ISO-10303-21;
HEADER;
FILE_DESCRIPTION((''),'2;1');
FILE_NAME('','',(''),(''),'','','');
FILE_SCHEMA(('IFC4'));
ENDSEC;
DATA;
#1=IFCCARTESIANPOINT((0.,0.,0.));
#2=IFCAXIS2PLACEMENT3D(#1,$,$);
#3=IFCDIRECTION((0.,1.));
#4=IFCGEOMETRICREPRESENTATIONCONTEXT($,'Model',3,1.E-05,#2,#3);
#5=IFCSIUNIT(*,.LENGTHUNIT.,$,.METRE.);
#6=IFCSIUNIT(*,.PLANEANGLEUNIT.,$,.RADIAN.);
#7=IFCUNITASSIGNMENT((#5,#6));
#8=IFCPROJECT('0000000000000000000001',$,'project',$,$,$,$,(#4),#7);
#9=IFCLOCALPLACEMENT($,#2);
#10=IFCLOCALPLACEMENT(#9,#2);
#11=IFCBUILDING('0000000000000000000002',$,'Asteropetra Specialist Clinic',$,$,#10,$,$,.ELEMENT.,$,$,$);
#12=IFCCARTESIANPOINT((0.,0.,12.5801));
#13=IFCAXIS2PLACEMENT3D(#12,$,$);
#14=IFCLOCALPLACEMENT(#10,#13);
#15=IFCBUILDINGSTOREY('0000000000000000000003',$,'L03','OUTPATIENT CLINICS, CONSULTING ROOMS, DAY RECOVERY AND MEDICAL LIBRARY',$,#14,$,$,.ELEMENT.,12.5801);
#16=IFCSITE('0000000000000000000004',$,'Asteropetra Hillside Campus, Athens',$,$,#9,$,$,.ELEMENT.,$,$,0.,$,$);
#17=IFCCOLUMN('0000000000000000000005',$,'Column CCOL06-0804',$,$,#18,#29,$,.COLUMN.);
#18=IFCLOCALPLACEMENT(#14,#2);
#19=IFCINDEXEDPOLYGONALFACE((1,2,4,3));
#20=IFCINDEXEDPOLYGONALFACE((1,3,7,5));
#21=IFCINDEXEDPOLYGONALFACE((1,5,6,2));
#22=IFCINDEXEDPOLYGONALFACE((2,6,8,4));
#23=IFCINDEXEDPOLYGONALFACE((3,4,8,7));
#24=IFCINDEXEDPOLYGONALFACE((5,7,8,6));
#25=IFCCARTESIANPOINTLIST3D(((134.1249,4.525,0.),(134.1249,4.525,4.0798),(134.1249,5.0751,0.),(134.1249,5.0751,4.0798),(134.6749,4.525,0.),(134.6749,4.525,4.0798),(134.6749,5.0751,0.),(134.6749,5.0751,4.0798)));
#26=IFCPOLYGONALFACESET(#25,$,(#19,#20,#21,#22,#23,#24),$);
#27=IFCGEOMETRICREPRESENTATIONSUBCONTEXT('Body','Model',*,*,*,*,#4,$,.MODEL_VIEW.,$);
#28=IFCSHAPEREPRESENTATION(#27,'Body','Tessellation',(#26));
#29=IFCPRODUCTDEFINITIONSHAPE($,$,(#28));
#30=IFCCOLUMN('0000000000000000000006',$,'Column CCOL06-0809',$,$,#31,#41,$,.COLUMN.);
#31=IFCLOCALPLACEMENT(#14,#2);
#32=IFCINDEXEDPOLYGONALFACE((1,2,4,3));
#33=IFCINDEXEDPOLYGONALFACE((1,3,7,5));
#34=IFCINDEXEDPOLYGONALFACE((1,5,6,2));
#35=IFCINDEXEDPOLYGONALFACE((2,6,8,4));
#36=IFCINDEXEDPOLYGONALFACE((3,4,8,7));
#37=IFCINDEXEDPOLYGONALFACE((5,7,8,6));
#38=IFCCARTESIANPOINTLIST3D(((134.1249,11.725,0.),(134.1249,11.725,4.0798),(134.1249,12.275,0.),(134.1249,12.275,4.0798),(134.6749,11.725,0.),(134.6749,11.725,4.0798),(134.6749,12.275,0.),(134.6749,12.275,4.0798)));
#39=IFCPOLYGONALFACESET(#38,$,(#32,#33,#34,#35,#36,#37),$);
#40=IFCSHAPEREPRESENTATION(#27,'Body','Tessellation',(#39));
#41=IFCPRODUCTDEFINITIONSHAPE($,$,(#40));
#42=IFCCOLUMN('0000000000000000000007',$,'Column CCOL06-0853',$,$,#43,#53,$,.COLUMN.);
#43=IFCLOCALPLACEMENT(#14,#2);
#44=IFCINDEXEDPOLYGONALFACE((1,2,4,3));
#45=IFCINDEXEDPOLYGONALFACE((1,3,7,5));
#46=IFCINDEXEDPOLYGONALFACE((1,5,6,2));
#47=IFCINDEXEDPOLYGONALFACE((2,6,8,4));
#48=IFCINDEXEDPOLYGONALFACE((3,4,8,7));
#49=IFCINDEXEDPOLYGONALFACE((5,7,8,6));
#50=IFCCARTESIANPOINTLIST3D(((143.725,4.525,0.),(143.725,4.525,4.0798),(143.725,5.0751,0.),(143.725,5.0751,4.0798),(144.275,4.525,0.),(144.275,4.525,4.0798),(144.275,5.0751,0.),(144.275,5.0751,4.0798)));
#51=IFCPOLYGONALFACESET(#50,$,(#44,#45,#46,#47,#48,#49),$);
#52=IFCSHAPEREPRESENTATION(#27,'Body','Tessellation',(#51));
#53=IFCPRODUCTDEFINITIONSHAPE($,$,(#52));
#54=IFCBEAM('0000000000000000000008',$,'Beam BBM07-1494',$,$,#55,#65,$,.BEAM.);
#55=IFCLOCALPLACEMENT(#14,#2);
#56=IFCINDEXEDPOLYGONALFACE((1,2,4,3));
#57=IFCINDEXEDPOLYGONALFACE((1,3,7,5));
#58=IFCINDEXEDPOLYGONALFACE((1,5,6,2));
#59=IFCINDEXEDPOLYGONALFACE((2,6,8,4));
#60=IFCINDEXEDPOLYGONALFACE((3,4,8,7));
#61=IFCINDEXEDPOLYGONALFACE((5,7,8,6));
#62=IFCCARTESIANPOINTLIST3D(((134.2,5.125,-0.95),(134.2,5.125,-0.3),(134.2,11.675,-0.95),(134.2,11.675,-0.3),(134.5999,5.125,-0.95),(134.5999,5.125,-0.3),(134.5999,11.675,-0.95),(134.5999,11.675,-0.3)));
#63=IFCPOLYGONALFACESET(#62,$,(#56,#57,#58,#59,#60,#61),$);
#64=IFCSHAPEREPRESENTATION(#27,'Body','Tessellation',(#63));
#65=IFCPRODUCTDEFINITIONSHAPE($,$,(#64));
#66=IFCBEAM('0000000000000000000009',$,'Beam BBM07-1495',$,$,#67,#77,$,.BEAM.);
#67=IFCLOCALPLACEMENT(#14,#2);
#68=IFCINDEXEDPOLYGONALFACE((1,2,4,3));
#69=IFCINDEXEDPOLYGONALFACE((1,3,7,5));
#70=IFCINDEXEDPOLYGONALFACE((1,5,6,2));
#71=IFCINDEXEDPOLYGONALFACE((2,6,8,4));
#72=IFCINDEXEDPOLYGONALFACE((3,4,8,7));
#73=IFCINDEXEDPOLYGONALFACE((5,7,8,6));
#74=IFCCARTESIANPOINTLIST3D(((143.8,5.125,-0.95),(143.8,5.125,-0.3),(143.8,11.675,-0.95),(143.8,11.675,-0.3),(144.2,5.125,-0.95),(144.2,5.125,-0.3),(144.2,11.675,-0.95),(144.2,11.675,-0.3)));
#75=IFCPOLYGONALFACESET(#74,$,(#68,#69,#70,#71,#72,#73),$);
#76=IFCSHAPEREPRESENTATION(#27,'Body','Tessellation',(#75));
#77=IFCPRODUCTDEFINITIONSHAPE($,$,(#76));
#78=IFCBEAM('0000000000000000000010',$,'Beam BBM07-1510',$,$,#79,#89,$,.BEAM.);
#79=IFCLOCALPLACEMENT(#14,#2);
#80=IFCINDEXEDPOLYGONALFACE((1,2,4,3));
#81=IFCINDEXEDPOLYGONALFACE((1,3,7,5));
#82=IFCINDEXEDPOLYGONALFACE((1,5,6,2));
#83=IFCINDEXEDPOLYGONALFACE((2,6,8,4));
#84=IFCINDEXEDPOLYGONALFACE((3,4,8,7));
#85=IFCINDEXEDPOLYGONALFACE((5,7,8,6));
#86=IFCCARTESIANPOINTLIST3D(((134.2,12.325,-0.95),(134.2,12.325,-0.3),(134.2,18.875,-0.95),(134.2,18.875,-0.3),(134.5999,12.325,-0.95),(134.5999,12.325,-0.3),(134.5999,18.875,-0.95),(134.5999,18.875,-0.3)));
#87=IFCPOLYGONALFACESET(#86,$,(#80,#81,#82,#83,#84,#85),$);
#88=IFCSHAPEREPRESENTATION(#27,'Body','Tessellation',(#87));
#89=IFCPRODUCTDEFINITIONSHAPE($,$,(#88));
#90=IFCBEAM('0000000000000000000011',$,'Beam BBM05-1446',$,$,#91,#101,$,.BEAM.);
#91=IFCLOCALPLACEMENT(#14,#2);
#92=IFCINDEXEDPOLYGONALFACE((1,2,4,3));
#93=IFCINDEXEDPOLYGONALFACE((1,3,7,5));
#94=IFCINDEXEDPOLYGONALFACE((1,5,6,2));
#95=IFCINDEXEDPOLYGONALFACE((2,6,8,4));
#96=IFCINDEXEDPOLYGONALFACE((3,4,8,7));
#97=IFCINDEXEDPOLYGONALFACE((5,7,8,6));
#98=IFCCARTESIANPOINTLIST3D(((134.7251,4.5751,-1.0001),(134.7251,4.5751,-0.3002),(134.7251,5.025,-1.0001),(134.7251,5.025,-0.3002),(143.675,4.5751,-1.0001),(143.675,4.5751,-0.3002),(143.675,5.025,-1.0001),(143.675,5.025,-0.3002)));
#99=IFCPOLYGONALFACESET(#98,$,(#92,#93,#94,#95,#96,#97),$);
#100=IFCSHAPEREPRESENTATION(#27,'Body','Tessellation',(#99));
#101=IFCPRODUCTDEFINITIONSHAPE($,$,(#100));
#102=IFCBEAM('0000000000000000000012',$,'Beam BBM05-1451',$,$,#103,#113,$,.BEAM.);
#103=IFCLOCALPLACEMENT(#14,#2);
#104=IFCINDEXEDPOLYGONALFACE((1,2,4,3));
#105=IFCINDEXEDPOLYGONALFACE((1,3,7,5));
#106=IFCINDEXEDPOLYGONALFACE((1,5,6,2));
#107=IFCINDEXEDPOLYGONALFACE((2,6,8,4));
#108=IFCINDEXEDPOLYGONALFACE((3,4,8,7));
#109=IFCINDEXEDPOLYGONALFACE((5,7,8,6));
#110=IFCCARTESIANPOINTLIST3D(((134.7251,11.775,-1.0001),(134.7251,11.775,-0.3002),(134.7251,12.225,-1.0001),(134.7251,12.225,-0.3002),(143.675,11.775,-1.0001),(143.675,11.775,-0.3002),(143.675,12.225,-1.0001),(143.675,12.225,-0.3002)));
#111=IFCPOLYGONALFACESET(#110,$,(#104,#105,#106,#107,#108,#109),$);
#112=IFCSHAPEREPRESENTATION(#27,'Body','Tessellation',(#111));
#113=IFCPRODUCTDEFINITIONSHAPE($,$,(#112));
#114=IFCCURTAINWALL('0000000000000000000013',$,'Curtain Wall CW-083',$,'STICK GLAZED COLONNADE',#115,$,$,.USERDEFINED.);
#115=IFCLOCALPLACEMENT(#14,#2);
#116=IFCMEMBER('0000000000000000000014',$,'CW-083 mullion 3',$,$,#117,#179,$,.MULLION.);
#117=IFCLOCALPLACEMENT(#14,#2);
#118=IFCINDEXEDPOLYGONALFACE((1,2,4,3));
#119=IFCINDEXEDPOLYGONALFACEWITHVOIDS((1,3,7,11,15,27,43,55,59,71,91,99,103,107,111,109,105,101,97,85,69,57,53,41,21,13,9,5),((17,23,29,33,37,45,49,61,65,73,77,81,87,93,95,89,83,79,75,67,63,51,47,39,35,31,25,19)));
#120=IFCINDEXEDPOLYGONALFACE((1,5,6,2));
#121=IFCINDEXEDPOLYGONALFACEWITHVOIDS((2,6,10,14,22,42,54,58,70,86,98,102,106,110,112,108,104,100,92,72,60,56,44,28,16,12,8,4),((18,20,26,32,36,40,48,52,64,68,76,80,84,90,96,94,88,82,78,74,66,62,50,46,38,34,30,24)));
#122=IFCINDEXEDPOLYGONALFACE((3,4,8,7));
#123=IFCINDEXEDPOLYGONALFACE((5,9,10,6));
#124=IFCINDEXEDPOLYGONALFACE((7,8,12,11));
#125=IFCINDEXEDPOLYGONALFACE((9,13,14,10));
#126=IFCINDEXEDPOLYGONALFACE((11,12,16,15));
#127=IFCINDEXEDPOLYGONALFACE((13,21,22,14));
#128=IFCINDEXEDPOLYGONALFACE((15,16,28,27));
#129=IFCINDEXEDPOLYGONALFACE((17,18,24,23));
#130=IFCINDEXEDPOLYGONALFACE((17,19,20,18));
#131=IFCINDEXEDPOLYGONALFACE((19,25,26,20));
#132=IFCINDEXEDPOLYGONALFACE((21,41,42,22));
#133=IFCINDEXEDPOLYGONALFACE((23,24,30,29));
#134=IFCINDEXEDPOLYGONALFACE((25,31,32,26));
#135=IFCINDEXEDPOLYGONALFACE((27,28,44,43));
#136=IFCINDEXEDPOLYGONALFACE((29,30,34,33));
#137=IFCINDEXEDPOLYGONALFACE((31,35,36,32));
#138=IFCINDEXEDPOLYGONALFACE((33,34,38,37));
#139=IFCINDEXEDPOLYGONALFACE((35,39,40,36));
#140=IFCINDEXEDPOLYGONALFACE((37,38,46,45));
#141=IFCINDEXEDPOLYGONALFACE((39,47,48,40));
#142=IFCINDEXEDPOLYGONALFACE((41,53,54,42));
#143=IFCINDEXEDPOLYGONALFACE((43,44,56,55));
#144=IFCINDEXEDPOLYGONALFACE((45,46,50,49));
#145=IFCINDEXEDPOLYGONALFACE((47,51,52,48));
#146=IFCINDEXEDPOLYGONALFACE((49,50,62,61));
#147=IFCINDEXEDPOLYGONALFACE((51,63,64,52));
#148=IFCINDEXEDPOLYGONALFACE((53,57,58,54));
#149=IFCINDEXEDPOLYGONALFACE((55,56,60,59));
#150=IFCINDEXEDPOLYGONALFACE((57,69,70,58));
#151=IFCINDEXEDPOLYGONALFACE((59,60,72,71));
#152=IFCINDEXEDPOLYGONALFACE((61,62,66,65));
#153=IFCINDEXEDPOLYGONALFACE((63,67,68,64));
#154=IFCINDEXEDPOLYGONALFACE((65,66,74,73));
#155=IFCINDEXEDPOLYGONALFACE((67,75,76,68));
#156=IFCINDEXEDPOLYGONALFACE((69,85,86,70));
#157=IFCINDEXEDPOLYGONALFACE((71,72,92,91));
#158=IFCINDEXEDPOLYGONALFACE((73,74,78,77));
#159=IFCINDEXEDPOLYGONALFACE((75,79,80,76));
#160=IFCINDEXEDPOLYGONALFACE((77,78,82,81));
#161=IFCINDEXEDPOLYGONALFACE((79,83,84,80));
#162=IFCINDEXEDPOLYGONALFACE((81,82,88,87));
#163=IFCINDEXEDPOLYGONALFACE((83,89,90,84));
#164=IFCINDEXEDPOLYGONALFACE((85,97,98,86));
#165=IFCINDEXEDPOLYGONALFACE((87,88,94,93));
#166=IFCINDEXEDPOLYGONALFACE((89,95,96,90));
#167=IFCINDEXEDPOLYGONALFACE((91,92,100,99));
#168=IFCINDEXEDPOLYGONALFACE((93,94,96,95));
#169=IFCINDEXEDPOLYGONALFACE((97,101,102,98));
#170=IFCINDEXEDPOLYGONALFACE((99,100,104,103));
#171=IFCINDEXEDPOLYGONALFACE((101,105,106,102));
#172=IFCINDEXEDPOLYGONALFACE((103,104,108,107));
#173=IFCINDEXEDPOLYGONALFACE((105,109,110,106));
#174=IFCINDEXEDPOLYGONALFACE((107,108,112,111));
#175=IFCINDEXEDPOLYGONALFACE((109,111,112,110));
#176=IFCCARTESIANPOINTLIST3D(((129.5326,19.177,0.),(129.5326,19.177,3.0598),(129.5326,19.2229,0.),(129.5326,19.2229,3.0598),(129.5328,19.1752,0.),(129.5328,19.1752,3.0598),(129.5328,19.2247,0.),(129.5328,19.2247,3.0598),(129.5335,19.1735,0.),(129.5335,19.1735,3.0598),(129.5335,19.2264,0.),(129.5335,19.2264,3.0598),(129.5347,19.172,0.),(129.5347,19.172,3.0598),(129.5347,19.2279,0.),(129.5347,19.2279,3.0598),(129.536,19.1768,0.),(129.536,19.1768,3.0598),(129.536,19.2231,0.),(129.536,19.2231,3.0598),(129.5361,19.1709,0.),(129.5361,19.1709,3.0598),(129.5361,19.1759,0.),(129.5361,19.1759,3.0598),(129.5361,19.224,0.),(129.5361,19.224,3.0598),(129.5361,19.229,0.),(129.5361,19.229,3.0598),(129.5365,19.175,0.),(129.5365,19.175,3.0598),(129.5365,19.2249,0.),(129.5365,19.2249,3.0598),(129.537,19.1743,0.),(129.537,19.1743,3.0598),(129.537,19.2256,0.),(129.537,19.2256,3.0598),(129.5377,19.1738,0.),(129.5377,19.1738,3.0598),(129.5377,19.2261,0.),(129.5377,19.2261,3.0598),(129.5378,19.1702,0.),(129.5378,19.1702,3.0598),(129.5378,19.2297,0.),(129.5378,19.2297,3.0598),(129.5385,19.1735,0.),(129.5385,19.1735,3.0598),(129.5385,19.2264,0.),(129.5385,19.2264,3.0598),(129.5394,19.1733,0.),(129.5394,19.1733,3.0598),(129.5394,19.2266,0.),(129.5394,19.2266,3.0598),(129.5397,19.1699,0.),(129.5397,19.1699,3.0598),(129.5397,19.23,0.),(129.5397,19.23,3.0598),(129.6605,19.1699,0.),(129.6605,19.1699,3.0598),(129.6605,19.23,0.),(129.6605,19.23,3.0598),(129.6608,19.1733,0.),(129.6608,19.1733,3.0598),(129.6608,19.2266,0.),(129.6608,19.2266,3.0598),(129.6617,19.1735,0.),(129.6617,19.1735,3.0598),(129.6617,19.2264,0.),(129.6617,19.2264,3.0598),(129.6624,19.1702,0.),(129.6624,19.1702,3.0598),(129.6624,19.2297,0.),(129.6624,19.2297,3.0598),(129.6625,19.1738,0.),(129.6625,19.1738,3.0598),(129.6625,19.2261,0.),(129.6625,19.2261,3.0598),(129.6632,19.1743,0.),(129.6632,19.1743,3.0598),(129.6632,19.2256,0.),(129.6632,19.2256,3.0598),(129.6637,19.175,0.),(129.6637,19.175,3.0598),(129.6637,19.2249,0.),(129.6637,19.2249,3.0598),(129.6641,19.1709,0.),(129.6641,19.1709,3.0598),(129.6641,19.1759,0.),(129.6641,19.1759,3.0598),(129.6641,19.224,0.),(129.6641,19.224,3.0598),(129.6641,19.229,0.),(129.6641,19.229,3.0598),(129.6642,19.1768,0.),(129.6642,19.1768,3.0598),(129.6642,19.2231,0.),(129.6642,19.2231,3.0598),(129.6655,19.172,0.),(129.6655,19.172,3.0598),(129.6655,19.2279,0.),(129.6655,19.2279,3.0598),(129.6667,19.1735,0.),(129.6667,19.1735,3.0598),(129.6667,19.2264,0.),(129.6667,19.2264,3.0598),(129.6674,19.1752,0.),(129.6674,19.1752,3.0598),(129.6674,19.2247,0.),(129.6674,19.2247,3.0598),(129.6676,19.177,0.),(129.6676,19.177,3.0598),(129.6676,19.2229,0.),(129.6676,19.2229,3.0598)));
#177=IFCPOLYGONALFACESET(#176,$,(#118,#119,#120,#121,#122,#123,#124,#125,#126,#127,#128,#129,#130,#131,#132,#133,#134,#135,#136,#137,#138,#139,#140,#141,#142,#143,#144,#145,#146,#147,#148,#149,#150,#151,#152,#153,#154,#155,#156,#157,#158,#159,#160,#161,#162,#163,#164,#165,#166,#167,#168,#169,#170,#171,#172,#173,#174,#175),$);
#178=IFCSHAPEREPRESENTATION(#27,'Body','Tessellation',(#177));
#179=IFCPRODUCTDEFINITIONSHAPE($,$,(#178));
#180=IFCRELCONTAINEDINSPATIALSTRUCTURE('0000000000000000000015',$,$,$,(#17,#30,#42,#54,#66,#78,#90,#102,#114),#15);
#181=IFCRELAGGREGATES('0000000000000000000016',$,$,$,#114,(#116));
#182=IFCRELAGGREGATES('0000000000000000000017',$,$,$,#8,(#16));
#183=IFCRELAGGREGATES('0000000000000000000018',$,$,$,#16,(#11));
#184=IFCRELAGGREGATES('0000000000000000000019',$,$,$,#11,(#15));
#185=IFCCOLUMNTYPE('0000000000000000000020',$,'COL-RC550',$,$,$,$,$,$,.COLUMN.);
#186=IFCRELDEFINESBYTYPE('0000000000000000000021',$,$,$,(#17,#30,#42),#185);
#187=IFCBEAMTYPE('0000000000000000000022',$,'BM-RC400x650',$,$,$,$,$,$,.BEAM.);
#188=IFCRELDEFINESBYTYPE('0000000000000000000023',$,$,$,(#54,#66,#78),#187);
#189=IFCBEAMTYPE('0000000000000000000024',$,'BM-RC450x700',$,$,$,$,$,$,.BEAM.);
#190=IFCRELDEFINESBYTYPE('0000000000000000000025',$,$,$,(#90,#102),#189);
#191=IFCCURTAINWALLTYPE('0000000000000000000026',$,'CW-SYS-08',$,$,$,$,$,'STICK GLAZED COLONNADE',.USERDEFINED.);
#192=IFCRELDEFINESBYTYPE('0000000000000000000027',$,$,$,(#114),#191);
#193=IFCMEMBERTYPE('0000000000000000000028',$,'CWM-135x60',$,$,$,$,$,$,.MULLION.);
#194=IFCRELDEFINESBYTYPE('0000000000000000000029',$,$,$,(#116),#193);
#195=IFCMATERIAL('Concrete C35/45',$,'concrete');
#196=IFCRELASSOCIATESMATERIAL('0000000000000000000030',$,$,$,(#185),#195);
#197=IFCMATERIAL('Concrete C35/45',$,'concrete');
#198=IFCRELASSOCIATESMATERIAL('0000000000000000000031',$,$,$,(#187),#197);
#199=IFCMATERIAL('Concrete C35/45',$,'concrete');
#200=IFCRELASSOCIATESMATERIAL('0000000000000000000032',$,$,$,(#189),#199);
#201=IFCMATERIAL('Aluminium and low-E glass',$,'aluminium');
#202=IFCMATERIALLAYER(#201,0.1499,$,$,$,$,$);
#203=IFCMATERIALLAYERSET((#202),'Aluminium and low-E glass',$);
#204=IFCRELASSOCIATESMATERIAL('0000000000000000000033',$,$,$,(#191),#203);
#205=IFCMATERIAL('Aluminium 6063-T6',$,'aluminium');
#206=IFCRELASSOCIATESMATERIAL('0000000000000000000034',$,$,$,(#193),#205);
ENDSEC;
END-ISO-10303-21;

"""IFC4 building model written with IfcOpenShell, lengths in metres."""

from ifc_helpers import new_model, si_unit, direction, frame, origin, origin_2d, place, context, subcontext, project, spatial, rectangle, hollow_rectangle, extrude, material, layer, layer_set, material_profile, profile_set, type_object, element, aggregate, save


model = new_model("IFC4")

# Units and contexts
model_context = context("Model", 3, precision=1e-05, world=origin(), true_north=direction((0.0, 1.0)))
body_context = subcontext(model_context, "Body", "Model", "MODEL_VIEW")
ifc_project = project(units=[si_unit("LENGTHUNIT", "METRE"), si_unit("PLANEANGLEUNIT", "RADIAN")], contexts=[model_context])

# Site, building, storey
site_placement = place(None, origin())
site = spatial("IfcSite", under=ifc_project, at=site_placement, Name="Asteropetra Hillside Campus, Athens", CompositionType="ELEMENT", RefElevation=0.0)
building_placement = place(site_placement, origin())
building = spatial("IfcBuilding", under=site, at=building_placement, Name="Asteropetra Specialist Clinic", CompositionType="ELEMENT")
storey_placement = place(building_placement, frame((0.0, 0.0, 12.5801)))
storey = spatial("IfcBuildingStorey", under=building, at=storey_placement, Name="L03", Description="OUTPATIENT CLINICS, CONSULTING ROOMS, DAY RECOVERY AND MEDICAL LIBRARY", CompositionType="ELEMENT", Elevation=12.5801)

# Columns
ifc_material_1 = material(Name="Concrete C35/45", Category="concrete")
ifc_material_profile_1 = material_profile(ifc_material_1, rectangle(XDim=0.55, YDim=0.55, at=origin_2d()), Name="RC 550x550")
ifc_profile_set_1 = profile_set([ifc_material_profile_1], Name="Concrete C35/45")
column_type = type_object("IfcColumnType", Name="COL-RC550", PredefinedType="COLUMN", material=ifc_profile_set_1)
for number, where, z_axis, x_axis, name in (
    (1, (134.3999, 4.8, 0.0), (0.0, 0.0, 1.0), (1.0, 0.0, 0.0), "Column CCOL06-0804"),
    (2, (134.3999, 12.0, 0.0), (0.0, 0.0, 1.0), (1.0, 0.0, 0.0), "Column CCOL06-0809"),
    (3, (144.0, 4.8, 0.0), (0.0, 0.0, 1.0), (1.0, 0.0, 0.0), "Column CCOL06-0853"),
):
    element("IfcColumn", number, at=place(storey_placement, frame(where, z_axis=z_axis, x_axis=x_axis)), inside=storey, type_object=column_type, Name=name, PredefinedType="COLUMN", context=body_context, shape_type="SweptSolid", body=[
        extrude(rectangle(XDim=0.55, YDim=0.55, at=origin_2d()), origin(), (0.0, 0.0, 1.0), 4.0798),
    ])

# Beams
ifc_material_2 = material(Name="Concrete C35/45", Category="concrete")
ifc_material_profile_2 = material_profile(ifc_material_2, rectangle(XDim=0.3999, YDim=0.6499, at=origin_2d()), Name="RCB 400x650")
ifc_profile_set_2 = profile_set([ifc_material_profile_2], Name="Concrete C35/45")
beam_type_1 = type_object("IfcBeamType", Name="BM-RC400x650", PredefinedType="BEAM", material=ifc_profile_set_2)
for number, where, z_axis, x_axis, name in (
    (4, (134.3999, 5.125, -0.625), (0.0, 1.0, 0.0), (-1.0, 0.0, 0.0), "Beam BBM07-1494"),
    (5, (144.0, 5.125, -0.625), (0.0, 1.0, 0.0), (-1.0, 0.0, 0.0), "Beam BBM07-1495"),
    (6, (134.3999, 12.325, -0.625), (0.0, 1.0, 0.0), (-1.0, 0.0, 0.0), "Beam BBM07-1510"),
):
    element("IfcBeam", number, at=place(storey_placement, frame(where, z_axis=z_axis, x_axis=x_axis)), inside=storey, type_object=beam_type_1, Name=name, PredefinedType="BEAM", context=body_context, shape_type="SweptSolid", body=[
        extrude(rectangle(XDim=0.3999, YDim=0.6499, at=origin_2d()), origin(), (0.0, 0.0, 1.0), 6.55),
    ])
ifc_material_3 = material(Name="Concrete C35/45", Category="concrete")
ifc_material_profile_3 = material_profile(ifc_material_3, rectangle(XDim=0.45, YDim=0.7, at=origin_2d()), Name="RCB 450x700")
ifc_profile_set_3 = profile_set([ifc_material_profile_3], Name="Concrete C35/45")
beam_type_2 = type_object("IfcBeamType", Name="BM-RC450x700", PredefinedType="BEAM", material=ifc_profile_set_3)
for number, where, z_axis, x_axis, name in (
    (7, (134.7251, 4.8, -0.6501), (1.0, 0.0, 0.0), (0.0, 1.0, 0.0), "Beam BBM05-1446"),
    (8, (134.7251, 12.0, -0.6501), (1.0, 0.0, 0.0), (0.0, 1.0, 0.0), "Beam BBM05-1451"),
):
    element("IfcBeam", number, at=place(storey_placement, frame(where, z_axis=z_axis, x_axis=x_axis)), inside=storey, type_object=beam_type_2, Name=name, PredefinedType="BEAM", context=body_context, shape_type="SweptSolid", body=[
        extrude(rectangle(XDim=0.45, YDim=0.7, at=origin_2d()), origin(), (0.0, 0.0, 1.0), 8.95),
    ])

# Curtain wall, member
ifc_material_4 = material(Name="Aluminium and low-E glass", Category="aluminium")
ifc_layer_1 = layer(ifc_material_4, 0.1499)
ifc_layer_set_1 = layer_set([ifc_layer_1], Name="Aluminium and low-E glass")
curtain_wall_type = type_object("IfcCurtainWallType", Name="CW-SYS-08", ElementType="STICK GLAZED COLONNADE", PredefinedType="USERDEFINED", material=ifc_layer_set_1)
curtain_wall_placement = place(storey_placement, origin())
curtain_wall = element("IfcCurtainWall", 9, at=curtain_wall_placement, inside=storey, type_object=curtain_wall_type, Name="Curtain Wall CW-083", ObjectType="STICK GLAZED COLONNADE", PredefinedType="USERDEFINED")
ifc_material_5 = material(Name="Aluminium 6063-T6", Category="aluminium")
ifc_material_profile_4 = material_profile(ifc_material_5, hollow_rectangle(XDim=0.0601, YDim=0.135, WallThickness=0.0034, InnerFilletRadius=0.0034, OuterFilletRadius=0.0071, at=origin_2d()), Name="MUL 135x60x3.5")
ifc_profile_set_4 = profile_set([ifc_material_profile_4], Name="Aluminium 6063-T6")
member_type_1 = type_object("IfcMemberType", Name="CWM-135x60", PredefinedType="MULLION", material=ifc_profile_set_4)
member_1_placement = place(storey_placement, frame((129.6001, 19.2, 0.0), z_axis=(0.0, 0.0, 1.0), x_axis=(0.0, 1.0, 0.0)))
member_1 = element("IfcMember", 10, at=member_1_placement, type_object=member_type_1, Name="CW-083 mullion 3", PredefinedType="MULLION", context=body_context, shape_type="SweptSolid", body=[
    extrude(hollow_rectangle(XDim=0.0601, YDim=0.135, WallThickness=0.0034, InnerFilletRadius=0.0034, OuterFilletRadius=0.0071, at=origin_2d()), origin(), (0.0, 0.0, 1.0), 3.0598),
])

aggregate(curtain_wall, [member_1])

save(model, "model.ifc")
